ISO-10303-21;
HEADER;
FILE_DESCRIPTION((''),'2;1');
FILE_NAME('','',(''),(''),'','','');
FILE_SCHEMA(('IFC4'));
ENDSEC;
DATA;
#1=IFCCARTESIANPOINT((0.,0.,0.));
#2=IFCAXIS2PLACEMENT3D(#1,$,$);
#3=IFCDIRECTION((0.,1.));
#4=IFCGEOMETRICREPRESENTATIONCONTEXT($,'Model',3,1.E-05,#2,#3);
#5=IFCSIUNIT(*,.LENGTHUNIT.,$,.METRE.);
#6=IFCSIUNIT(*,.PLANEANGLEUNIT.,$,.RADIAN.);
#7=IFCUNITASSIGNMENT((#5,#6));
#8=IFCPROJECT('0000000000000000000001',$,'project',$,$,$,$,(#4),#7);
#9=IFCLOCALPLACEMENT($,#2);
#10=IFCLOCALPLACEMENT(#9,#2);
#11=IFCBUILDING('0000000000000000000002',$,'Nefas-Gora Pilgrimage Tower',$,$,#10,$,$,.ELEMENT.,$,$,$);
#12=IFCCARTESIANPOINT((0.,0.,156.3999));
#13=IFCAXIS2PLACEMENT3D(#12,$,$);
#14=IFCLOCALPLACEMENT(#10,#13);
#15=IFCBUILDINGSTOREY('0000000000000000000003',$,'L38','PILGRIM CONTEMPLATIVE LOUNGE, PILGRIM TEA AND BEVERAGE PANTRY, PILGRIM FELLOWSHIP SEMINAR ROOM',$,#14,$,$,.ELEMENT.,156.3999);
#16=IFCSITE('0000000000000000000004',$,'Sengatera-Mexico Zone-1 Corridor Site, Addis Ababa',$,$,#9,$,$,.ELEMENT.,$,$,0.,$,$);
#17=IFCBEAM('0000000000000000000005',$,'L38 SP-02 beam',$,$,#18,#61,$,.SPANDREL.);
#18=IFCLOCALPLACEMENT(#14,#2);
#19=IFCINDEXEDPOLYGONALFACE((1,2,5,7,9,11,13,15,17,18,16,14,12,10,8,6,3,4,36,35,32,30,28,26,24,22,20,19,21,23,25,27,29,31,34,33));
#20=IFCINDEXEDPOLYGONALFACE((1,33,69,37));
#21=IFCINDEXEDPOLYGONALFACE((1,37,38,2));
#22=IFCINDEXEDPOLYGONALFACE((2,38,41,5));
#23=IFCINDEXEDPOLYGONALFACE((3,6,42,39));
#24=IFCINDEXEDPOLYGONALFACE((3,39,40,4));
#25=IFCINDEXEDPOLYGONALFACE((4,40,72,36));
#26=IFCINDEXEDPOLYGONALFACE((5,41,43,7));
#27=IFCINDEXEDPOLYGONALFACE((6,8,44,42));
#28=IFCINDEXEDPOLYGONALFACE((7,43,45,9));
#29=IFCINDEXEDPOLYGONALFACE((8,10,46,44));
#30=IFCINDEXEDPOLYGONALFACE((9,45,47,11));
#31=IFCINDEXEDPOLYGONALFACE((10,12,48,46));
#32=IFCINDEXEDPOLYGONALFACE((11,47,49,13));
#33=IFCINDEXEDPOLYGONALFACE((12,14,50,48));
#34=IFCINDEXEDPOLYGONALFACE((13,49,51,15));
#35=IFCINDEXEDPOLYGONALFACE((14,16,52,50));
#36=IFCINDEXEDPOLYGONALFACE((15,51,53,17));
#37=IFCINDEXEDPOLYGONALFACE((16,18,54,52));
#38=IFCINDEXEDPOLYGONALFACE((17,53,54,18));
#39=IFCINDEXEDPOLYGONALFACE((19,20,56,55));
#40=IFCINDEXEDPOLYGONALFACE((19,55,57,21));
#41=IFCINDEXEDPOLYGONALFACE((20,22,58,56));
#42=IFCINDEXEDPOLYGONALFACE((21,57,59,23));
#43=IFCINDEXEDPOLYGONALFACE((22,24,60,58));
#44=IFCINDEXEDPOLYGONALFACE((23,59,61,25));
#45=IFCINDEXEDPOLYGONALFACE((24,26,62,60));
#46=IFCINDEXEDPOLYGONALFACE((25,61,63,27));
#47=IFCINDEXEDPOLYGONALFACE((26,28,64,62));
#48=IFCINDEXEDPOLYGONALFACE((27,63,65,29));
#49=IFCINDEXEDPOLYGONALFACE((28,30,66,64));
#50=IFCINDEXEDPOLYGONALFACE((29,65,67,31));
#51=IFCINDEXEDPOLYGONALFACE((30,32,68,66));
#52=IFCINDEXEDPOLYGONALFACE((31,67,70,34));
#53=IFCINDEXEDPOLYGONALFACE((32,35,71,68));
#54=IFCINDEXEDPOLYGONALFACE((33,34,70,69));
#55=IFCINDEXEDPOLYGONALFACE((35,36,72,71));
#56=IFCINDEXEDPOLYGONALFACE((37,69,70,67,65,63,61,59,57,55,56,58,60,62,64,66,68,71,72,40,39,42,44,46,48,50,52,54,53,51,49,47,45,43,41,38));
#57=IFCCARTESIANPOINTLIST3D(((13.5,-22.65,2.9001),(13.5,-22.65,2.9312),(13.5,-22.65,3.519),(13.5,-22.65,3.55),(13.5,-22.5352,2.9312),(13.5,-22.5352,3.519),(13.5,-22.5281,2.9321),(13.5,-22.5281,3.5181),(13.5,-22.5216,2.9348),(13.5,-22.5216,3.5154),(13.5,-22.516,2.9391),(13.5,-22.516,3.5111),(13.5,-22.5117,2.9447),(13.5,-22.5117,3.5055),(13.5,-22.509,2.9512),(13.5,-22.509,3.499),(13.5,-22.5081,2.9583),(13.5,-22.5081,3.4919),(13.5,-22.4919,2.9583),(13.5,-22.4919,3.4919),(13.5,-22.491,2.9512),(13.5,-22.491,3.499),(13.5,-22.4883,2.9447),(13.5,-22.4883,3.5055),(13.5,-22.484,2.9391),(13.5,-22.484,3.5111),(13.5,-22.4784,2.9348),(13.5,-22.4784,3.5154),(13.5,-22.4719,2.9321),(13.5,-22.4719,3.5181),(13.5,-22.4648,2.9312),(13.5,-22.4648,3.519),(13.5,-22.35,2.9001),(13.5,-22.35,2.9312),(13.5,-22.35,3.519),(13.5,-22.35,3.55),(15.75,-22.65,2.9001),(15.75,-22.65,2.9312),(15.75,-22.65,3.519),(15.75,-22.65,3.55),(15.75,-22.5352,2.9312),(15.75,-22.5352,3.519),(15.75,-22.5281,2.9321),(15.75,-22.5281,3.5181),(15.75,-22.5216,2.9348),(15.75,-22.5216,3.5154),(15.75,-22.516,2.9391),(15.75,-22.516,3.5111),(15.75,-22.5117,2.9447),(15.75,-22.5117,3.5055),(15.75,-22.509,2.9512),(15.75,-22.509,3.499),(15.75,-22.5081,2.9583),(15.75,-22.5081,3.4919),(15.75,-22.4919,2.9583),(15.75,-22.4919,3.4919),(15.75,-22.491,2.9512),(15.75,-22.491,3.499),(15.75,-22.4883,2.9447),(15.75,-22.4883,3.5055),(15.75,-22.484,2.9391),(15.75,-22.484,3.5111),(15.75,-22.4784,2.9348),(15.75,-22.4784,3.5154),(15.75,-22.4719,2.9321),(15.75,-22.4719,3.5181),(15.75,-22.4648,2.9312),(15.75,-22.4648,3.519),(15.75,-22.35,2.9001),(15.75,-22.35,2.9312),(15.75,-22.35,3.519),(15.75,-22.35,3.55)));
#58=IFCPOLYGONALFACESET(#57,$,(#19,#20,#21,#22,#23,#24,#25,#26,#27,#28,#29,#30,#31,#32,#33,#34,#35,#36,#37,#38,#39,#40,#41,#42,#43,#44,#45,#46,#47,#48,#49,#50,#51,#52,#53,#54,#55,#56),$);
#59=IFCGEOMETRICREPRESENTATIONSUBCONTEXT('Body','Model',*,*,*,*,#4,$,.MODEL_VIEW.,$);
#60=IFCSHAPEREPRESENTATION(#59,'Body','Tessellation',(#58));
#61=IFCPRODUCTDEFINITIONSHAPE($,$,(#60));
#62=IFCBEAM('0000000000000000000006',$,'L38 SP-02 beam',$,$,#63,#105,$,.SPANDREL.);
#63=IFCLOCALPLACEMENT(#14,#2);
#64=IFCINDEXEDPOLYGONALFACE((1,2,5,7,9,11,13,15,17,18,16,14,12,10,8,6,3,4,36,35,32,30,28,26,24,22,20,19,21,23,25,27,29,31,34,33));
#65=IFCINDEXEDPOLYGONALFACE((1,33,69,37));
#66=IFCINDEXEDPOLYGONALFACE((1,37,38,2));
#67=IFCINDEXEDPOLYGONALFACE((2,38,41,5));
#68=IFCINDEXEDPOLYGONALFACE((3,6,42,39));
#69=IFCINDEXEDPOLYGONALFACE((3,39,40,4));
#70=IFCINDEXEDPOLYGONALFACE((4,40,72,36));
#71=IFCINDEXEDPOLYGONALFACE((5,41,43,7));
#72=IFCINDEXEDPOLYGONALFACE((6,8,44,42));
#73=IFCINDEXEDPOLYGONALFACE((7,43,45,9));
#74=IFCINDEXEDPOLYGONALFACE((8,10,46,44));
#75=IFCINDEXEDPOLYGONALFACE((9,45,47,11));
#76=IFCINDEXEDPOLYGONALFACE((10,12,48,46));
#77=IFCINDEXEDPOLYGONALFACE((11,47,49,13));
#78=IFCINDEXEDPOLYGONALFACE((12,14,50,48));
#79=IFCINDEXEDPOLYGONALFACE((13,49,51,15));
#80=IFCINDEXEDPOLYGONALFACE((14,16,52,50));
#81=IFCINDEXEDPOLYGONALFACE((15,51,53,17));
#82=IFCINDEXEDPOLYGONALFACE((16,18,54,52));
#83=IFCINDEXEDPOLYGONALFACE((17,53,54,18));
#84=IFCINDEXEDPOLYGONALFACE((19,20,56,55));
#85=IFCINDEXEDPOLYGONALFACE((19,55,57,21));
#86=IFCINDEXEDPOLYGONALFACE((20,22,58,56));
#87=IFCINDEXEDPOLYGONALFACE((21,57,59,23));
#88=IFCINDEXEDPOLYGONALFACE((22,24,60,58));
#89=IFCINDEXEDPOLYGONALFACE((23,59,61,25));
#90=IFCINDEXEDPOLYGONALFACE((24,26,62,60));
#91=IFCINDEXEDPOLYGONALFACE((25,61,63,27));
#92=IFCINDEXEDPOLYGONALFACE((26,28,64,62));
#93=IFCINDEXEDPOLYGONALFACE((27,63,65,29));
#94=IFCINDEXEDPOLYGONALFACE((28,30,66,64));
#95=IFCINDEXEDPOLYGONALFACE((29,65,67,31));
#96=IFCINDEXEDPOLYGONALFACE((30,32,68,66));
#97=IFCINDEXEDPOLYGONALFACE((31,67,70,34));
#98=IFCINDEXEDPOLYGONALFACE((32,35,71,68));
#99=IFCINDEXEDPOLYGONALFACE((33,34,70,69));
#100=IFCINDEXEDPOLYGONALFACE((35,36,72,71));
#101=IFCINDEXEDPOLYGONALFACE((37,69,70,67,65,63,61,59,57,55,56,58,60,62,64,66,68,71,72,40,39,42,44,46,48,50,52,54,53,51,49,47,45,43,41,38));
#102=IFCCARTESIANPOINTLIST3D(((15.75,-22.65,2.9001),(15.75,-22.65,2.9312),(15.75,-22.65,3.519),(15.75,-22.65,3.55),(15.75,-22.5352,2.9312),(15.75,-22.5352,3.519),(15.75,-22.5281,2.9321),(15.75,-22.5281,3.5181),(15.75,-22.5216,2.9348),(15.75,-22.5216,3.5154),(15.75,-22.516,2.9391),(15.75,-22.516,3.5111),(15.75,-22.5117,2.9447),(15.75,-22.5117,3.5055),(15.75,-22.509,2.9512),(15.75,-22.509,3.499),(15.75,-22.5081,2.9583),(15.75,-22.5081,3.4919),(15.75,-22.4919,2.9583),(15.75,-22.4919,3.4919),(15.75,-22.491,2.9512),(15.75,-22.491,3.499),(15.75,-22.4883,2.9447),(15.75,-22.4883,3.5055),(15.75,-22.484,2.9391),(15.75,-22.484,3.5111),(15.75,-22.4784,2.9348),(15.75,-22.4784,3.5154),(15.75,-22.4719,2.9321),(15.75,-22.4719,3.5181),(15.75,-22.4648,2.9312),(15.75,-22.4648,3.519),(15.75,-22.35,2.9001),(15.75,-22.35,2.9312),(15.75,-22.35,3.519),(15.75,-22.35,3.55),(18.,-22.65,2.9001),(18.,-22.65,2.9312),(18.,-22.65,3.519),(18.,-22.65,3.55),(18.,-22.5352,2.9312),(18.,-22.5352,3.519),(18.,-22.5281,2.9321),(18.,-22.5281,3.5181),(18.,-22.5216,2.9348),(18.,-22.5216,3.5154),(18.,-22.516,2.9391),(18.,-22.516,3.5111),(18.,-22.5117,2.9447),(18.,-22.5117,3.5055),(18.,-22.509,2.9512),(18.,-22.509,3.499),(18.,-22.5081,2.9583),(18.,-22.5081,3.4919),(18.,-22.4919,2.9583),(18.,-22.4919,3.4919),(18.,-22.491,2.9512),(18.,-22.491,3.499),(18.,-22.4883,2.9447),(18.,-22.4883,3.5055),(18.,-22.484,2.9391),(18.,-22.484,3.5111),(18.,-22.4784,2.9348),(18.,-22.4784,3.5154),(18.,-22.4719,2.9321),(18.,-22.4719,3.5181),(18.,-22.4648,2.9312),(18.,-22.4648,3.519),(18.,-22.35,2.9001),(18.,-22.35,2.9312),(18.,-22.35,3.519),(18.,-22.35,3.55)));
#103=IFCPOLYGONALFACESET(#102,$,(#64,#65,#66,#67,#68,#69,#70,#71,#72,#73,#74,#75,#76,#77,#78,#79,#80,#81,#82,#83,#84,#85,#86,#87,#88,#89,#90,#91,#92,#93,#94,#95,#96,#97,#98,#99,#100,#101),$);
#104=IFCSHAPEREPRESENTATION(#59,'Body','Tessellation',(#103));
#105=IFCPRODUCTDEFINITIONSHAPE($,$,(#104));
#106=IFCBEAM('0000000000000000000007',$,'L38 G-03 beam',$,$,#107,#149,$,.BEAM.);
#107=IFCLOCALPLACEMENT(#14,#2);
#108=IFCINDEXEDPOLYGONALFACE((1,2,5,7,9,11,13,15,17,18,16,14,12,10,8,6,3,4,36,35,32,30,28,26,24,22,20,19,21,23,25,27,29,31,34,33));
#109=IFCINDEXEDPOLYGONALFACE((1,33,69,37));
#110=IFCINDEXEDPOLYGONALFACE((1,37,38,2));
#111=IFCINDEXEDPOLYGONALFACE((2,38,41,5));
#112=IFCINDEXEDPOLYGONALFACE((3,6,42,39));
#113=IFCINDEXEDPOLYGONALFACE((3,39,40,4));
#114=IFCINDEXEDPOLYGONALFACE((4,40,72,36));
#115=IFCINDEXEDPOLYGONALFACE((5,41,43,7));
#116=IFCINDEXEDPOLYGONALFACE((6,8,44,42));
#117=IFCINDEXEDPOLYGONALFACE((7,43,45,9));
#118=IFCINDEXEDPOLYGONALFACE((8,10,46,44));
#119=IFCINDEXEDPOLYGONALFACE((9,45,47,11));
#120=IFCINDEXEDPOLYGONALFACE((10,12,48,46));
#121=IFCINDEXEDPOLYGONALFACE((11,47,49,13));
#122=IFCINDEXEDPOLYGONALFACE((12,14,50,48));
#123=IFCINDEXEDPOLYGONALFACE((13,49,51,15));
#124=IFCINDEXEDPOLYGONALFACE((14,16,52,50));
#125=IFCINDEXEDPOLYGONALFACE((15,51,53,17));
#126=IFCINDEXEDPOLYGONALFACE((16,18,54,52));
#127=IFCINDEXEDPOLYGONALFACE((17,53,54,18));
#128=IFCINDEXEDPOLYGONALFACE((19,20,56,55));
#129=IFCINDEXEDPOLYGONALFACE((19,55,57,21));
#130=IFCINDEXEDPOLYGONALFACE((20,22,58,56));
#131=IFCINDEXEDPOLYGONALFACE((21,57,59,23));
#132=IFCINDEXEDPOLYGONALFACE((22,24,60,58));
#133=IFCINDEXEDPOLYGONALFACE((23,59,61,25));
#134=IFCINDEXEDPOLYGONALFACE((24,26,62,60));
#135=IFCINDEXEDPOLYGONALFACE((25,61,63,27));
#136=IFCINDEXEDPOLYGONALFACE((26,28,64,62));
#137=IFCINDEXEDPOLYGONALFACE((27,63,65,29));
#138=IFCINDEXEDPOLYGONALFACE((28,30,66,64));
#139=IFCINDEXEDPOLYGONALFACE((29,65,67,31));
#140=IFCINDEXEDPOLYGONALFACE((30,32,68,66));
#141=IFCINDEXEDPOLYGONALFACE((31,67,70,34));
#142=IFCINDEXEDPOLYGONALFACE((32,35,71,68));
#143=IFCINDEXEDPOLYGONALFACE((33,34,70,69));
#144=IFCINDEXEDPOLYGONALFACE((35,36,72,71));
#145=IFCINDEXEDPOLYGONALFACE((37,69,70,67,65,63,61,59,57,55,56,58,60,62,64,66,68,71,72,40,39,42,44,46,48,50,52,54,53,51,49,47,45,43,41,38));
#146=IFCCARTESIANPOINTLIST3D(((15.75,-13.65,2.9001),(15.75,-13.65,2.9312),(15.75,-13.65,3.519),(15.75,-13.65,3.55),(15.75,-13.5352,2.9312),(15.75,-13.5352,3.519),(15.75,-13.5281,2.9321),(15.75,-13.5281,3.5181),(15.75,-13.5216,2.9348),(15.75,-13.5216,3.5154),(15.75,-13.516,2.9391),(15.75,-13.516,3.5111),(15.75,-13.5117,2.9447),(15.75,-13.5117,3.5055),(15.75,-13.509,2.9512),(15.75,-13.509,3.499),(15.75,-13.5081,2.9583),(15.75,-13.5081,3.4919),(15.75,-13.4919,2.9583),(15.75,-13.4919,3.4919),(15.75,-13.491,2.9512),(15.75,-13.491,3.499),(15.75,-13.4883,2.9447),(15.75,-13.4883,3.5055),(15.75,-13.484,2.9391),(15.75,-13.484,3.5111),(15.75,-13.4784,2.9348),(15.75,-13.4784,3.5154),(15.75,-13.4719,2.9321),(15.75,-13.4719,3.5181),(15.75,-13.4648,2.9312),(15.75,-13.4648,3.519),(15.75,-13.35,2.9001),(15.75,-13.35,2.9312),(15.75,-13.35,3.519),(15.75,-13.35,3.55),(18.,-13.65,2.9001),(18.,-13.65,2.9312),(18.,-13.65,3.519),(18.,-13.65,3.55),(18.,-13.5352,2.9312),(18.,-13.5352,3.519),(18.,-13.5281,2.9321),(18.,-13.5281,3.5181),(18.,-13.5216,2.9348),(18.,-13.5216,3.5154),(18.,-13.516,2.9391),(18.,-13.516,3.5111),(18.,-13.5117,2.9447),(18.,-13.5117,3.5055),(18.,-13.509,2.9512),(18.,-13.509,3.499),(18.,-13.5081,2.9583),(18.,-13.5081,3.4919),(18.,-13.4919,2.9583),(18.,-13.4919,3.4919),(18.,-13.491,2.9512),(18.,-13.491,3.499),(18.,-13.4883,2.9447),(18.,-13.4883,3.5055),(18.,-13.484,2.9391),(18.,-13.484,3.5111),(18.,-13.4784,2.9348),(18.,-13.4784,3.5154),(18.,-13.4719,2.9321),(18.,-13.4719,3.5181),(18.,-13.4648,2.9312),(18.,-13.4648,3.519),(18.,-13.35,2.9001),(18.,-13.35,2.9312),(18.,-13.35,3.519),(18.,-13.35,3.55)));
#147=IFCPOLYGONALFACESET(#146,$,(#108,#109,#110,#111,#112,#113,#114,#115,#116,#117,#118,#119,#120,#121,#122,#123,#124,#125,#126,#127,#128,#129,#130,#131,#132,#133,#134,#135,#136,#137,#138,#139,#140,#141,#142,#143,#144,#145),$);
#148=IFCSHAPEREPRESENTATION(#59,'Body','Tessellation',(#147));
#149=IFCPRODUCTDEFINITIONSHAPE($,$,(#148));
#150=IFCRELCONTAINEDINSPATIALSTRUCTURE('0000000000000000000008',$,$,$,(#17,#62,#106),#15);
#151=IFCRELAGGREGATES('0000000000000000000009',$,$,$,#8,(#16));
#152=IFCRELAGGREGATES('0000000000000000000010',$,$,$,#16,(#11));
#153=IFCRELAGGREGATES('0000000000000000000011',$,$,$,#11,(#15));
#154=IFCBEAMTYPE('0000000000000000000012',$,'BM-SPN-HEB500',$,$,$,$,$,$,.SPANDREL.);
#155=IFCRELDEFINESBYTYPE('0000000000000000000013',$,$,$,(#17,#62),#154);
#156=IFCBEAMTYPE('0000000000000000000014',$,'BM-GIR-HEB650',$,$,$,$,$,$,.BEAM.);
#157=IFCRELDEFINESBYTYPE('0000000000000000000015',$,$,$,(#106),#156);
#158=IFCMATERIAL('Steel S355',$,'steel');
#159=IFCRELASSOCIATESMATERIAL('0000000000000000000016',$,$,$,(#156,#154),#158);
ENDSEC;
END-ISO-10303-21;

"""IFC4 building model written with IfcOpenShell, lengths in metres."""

from ifc_helpers import new_model, si_unit, direction, frame, origin, origin_2d, place, context, subcontext, project, spatial, i_section, extrude, source, transform, mapped, material, material_profile, profile_set, type_object, element, save


model = new_model("IFC4")

# Units and contexts
model_context = context("Model", 3, precision=1e-05, world=origin(), true_north=direction((0.0, 1.0)))
body_context = subcontext(model_context, "Body", "Model", "MODEL_VIEW")
ifc_project = project(units=[si_unit("LENGTHUNIT", "METRE"), si_unit("PLANEANGLEUNIT", "RADIAN")], contexts=[model_context])

# Site, building, storey
site_placement = place(None, origin())
site = spatial("IfcSite", under=ifc_project, at=site_placement, Name="Sengatera-Mexico Zone-1 Corridor Site, Addis Ababa", CompositionType="ELEMENT", RefElevation=0.0)
building_placement = place(site_placement, origin())
building = spatial("IfcBuilding", under=site, at=building_placement, Name="Nefas-Gora Pilgrimage Tower", CompositionType="ELEMENT")
storey_placement = place(building_placement, frame((0.0, 0.0, 156.3999)))
storey = spatial("IfcBuildingStorey", under=building, at=storey_placement, Name="L38", Description="PILGRIM CONTEMPLATIVE LOUNGE, PILGRIM TEA AND BEVERAGE PANTRY, PILGRIM FELLOWSHIP SEMINAR ROOM", CompositionType="ELEMENT", Elevation=156.3999)

# Beams
ifc_material_1 = material(Name="Steel S355", Category="steel")
ifc_material_profile_1 = material_profile(ifc_material_1, i_section(OverallWidth=0.3, OverallDepth=0.6499, WebThickness=0.0161, FlangeThickness=0.031, FilletRadius=0.0271, at=origin_2d()), Name="HEB 650")
ifc_profile_set_1 = profile_set([ifc_material_profile_1], Name="Steel S355")
beam_type_1 = type_object("IfcBeamType", Name="BM-GIR-HEB650", PredefinedType="BEAM", material=ifc_profile_set_1)
ifc_material_profile_2 = material_profile(ifc_material_1, i_section(OverallWidth=0.3, OverallDepth=0.6499, WebThickness=0.0161, FlangeThickness=0.031, FilletRadius=0.0271, at=origin_2d()), Name="HEB 650")
ifc_profile_set_2 = profile_set([ifc_material_profile_2], Name="Steel S355")
beam_type_2 = type_object("IfcBeamType", Name="BM-SPN-HEB500", PredefinedType="SPANDREL", material=ifc_profile_set_2)
shared_shape_1 = source(origin(), body_context, "Body", "SweptSolid", [
    extrude(i_section(OverallWidth=0.3, OverallDepth=0.6499, WebThickness=0.0161, FlangeThickness=0.031, FilletRadius=0.0271, at=origin_2d()), origin(), (0.0, 0.0, 1.0), 2.25),
])
for number, where, z_axis, x_axis, name in (
    (1, (13.5, -22.5, 3.2251), (1.0, 0.0, 0.0), (0.0, 1.0, 0.0), "L38 SP-02 beam"),
    (2, (15.75, -22.5, 3.2251), (1.0, 0.0, 0.0), (0.0, 1.0, 0.0), "L38 SP-02 beam"),
):
    element("IfcBeam", number, at=place(storey_placement, frame(where, z_axis=z_axis, x_axis=x_axis)), inside=storey, type_object=beam_type_2, Name=name, PredefinedType="SPANDREL", context=body_context, shape_type="MappedRepresentation", body=[
        mapped(shared_shape_1, transform((0.0, 0.0, 0.0), x_axis=(1.0, 0.0, 0.0), y_axis=(0.0, 1.0, 0.0), z_axis=(0.0, 0.0, 1.0), scale=1.0)),
    ])
shared_shape_2 = source(origin(), body_context, "Body", "SweptSolid", [
    extrude(i_section(OverallWidth=0.3, OverallDepth=0.6499, WebThickness=0.0161, FlangeThickness=0.031, FilletRadius=0.0271, at=origin_2d()), origin(), (0.0, 0.0, 1.0), 2.25),
])
beam_1_placement = place(storey_placement, frame((15.75, -13.5, 3.2251), z_axis=(1.0, 0.0, 0.0), x_axis=(0.0, 1.0, 0.0)))
element("IfcBeam", 3, at=beam_1_placement, inside=storey, type_object=beam_type_1, Name="L38 G-03 beam", PredefinedType="BEAM", context=body_context, shape_type="MappedRepresentation", body=[
    mapped(shared_shape_2, transform((0.0, 0.0, 0.0), x_axis=(1.0, 0.0, 0.0), y_axis=(0.0, 1.0, 0.0), z_axis=(0.0, 0.0, 1.0), scale=1.0)),
])

save(model, "model.ifc")
